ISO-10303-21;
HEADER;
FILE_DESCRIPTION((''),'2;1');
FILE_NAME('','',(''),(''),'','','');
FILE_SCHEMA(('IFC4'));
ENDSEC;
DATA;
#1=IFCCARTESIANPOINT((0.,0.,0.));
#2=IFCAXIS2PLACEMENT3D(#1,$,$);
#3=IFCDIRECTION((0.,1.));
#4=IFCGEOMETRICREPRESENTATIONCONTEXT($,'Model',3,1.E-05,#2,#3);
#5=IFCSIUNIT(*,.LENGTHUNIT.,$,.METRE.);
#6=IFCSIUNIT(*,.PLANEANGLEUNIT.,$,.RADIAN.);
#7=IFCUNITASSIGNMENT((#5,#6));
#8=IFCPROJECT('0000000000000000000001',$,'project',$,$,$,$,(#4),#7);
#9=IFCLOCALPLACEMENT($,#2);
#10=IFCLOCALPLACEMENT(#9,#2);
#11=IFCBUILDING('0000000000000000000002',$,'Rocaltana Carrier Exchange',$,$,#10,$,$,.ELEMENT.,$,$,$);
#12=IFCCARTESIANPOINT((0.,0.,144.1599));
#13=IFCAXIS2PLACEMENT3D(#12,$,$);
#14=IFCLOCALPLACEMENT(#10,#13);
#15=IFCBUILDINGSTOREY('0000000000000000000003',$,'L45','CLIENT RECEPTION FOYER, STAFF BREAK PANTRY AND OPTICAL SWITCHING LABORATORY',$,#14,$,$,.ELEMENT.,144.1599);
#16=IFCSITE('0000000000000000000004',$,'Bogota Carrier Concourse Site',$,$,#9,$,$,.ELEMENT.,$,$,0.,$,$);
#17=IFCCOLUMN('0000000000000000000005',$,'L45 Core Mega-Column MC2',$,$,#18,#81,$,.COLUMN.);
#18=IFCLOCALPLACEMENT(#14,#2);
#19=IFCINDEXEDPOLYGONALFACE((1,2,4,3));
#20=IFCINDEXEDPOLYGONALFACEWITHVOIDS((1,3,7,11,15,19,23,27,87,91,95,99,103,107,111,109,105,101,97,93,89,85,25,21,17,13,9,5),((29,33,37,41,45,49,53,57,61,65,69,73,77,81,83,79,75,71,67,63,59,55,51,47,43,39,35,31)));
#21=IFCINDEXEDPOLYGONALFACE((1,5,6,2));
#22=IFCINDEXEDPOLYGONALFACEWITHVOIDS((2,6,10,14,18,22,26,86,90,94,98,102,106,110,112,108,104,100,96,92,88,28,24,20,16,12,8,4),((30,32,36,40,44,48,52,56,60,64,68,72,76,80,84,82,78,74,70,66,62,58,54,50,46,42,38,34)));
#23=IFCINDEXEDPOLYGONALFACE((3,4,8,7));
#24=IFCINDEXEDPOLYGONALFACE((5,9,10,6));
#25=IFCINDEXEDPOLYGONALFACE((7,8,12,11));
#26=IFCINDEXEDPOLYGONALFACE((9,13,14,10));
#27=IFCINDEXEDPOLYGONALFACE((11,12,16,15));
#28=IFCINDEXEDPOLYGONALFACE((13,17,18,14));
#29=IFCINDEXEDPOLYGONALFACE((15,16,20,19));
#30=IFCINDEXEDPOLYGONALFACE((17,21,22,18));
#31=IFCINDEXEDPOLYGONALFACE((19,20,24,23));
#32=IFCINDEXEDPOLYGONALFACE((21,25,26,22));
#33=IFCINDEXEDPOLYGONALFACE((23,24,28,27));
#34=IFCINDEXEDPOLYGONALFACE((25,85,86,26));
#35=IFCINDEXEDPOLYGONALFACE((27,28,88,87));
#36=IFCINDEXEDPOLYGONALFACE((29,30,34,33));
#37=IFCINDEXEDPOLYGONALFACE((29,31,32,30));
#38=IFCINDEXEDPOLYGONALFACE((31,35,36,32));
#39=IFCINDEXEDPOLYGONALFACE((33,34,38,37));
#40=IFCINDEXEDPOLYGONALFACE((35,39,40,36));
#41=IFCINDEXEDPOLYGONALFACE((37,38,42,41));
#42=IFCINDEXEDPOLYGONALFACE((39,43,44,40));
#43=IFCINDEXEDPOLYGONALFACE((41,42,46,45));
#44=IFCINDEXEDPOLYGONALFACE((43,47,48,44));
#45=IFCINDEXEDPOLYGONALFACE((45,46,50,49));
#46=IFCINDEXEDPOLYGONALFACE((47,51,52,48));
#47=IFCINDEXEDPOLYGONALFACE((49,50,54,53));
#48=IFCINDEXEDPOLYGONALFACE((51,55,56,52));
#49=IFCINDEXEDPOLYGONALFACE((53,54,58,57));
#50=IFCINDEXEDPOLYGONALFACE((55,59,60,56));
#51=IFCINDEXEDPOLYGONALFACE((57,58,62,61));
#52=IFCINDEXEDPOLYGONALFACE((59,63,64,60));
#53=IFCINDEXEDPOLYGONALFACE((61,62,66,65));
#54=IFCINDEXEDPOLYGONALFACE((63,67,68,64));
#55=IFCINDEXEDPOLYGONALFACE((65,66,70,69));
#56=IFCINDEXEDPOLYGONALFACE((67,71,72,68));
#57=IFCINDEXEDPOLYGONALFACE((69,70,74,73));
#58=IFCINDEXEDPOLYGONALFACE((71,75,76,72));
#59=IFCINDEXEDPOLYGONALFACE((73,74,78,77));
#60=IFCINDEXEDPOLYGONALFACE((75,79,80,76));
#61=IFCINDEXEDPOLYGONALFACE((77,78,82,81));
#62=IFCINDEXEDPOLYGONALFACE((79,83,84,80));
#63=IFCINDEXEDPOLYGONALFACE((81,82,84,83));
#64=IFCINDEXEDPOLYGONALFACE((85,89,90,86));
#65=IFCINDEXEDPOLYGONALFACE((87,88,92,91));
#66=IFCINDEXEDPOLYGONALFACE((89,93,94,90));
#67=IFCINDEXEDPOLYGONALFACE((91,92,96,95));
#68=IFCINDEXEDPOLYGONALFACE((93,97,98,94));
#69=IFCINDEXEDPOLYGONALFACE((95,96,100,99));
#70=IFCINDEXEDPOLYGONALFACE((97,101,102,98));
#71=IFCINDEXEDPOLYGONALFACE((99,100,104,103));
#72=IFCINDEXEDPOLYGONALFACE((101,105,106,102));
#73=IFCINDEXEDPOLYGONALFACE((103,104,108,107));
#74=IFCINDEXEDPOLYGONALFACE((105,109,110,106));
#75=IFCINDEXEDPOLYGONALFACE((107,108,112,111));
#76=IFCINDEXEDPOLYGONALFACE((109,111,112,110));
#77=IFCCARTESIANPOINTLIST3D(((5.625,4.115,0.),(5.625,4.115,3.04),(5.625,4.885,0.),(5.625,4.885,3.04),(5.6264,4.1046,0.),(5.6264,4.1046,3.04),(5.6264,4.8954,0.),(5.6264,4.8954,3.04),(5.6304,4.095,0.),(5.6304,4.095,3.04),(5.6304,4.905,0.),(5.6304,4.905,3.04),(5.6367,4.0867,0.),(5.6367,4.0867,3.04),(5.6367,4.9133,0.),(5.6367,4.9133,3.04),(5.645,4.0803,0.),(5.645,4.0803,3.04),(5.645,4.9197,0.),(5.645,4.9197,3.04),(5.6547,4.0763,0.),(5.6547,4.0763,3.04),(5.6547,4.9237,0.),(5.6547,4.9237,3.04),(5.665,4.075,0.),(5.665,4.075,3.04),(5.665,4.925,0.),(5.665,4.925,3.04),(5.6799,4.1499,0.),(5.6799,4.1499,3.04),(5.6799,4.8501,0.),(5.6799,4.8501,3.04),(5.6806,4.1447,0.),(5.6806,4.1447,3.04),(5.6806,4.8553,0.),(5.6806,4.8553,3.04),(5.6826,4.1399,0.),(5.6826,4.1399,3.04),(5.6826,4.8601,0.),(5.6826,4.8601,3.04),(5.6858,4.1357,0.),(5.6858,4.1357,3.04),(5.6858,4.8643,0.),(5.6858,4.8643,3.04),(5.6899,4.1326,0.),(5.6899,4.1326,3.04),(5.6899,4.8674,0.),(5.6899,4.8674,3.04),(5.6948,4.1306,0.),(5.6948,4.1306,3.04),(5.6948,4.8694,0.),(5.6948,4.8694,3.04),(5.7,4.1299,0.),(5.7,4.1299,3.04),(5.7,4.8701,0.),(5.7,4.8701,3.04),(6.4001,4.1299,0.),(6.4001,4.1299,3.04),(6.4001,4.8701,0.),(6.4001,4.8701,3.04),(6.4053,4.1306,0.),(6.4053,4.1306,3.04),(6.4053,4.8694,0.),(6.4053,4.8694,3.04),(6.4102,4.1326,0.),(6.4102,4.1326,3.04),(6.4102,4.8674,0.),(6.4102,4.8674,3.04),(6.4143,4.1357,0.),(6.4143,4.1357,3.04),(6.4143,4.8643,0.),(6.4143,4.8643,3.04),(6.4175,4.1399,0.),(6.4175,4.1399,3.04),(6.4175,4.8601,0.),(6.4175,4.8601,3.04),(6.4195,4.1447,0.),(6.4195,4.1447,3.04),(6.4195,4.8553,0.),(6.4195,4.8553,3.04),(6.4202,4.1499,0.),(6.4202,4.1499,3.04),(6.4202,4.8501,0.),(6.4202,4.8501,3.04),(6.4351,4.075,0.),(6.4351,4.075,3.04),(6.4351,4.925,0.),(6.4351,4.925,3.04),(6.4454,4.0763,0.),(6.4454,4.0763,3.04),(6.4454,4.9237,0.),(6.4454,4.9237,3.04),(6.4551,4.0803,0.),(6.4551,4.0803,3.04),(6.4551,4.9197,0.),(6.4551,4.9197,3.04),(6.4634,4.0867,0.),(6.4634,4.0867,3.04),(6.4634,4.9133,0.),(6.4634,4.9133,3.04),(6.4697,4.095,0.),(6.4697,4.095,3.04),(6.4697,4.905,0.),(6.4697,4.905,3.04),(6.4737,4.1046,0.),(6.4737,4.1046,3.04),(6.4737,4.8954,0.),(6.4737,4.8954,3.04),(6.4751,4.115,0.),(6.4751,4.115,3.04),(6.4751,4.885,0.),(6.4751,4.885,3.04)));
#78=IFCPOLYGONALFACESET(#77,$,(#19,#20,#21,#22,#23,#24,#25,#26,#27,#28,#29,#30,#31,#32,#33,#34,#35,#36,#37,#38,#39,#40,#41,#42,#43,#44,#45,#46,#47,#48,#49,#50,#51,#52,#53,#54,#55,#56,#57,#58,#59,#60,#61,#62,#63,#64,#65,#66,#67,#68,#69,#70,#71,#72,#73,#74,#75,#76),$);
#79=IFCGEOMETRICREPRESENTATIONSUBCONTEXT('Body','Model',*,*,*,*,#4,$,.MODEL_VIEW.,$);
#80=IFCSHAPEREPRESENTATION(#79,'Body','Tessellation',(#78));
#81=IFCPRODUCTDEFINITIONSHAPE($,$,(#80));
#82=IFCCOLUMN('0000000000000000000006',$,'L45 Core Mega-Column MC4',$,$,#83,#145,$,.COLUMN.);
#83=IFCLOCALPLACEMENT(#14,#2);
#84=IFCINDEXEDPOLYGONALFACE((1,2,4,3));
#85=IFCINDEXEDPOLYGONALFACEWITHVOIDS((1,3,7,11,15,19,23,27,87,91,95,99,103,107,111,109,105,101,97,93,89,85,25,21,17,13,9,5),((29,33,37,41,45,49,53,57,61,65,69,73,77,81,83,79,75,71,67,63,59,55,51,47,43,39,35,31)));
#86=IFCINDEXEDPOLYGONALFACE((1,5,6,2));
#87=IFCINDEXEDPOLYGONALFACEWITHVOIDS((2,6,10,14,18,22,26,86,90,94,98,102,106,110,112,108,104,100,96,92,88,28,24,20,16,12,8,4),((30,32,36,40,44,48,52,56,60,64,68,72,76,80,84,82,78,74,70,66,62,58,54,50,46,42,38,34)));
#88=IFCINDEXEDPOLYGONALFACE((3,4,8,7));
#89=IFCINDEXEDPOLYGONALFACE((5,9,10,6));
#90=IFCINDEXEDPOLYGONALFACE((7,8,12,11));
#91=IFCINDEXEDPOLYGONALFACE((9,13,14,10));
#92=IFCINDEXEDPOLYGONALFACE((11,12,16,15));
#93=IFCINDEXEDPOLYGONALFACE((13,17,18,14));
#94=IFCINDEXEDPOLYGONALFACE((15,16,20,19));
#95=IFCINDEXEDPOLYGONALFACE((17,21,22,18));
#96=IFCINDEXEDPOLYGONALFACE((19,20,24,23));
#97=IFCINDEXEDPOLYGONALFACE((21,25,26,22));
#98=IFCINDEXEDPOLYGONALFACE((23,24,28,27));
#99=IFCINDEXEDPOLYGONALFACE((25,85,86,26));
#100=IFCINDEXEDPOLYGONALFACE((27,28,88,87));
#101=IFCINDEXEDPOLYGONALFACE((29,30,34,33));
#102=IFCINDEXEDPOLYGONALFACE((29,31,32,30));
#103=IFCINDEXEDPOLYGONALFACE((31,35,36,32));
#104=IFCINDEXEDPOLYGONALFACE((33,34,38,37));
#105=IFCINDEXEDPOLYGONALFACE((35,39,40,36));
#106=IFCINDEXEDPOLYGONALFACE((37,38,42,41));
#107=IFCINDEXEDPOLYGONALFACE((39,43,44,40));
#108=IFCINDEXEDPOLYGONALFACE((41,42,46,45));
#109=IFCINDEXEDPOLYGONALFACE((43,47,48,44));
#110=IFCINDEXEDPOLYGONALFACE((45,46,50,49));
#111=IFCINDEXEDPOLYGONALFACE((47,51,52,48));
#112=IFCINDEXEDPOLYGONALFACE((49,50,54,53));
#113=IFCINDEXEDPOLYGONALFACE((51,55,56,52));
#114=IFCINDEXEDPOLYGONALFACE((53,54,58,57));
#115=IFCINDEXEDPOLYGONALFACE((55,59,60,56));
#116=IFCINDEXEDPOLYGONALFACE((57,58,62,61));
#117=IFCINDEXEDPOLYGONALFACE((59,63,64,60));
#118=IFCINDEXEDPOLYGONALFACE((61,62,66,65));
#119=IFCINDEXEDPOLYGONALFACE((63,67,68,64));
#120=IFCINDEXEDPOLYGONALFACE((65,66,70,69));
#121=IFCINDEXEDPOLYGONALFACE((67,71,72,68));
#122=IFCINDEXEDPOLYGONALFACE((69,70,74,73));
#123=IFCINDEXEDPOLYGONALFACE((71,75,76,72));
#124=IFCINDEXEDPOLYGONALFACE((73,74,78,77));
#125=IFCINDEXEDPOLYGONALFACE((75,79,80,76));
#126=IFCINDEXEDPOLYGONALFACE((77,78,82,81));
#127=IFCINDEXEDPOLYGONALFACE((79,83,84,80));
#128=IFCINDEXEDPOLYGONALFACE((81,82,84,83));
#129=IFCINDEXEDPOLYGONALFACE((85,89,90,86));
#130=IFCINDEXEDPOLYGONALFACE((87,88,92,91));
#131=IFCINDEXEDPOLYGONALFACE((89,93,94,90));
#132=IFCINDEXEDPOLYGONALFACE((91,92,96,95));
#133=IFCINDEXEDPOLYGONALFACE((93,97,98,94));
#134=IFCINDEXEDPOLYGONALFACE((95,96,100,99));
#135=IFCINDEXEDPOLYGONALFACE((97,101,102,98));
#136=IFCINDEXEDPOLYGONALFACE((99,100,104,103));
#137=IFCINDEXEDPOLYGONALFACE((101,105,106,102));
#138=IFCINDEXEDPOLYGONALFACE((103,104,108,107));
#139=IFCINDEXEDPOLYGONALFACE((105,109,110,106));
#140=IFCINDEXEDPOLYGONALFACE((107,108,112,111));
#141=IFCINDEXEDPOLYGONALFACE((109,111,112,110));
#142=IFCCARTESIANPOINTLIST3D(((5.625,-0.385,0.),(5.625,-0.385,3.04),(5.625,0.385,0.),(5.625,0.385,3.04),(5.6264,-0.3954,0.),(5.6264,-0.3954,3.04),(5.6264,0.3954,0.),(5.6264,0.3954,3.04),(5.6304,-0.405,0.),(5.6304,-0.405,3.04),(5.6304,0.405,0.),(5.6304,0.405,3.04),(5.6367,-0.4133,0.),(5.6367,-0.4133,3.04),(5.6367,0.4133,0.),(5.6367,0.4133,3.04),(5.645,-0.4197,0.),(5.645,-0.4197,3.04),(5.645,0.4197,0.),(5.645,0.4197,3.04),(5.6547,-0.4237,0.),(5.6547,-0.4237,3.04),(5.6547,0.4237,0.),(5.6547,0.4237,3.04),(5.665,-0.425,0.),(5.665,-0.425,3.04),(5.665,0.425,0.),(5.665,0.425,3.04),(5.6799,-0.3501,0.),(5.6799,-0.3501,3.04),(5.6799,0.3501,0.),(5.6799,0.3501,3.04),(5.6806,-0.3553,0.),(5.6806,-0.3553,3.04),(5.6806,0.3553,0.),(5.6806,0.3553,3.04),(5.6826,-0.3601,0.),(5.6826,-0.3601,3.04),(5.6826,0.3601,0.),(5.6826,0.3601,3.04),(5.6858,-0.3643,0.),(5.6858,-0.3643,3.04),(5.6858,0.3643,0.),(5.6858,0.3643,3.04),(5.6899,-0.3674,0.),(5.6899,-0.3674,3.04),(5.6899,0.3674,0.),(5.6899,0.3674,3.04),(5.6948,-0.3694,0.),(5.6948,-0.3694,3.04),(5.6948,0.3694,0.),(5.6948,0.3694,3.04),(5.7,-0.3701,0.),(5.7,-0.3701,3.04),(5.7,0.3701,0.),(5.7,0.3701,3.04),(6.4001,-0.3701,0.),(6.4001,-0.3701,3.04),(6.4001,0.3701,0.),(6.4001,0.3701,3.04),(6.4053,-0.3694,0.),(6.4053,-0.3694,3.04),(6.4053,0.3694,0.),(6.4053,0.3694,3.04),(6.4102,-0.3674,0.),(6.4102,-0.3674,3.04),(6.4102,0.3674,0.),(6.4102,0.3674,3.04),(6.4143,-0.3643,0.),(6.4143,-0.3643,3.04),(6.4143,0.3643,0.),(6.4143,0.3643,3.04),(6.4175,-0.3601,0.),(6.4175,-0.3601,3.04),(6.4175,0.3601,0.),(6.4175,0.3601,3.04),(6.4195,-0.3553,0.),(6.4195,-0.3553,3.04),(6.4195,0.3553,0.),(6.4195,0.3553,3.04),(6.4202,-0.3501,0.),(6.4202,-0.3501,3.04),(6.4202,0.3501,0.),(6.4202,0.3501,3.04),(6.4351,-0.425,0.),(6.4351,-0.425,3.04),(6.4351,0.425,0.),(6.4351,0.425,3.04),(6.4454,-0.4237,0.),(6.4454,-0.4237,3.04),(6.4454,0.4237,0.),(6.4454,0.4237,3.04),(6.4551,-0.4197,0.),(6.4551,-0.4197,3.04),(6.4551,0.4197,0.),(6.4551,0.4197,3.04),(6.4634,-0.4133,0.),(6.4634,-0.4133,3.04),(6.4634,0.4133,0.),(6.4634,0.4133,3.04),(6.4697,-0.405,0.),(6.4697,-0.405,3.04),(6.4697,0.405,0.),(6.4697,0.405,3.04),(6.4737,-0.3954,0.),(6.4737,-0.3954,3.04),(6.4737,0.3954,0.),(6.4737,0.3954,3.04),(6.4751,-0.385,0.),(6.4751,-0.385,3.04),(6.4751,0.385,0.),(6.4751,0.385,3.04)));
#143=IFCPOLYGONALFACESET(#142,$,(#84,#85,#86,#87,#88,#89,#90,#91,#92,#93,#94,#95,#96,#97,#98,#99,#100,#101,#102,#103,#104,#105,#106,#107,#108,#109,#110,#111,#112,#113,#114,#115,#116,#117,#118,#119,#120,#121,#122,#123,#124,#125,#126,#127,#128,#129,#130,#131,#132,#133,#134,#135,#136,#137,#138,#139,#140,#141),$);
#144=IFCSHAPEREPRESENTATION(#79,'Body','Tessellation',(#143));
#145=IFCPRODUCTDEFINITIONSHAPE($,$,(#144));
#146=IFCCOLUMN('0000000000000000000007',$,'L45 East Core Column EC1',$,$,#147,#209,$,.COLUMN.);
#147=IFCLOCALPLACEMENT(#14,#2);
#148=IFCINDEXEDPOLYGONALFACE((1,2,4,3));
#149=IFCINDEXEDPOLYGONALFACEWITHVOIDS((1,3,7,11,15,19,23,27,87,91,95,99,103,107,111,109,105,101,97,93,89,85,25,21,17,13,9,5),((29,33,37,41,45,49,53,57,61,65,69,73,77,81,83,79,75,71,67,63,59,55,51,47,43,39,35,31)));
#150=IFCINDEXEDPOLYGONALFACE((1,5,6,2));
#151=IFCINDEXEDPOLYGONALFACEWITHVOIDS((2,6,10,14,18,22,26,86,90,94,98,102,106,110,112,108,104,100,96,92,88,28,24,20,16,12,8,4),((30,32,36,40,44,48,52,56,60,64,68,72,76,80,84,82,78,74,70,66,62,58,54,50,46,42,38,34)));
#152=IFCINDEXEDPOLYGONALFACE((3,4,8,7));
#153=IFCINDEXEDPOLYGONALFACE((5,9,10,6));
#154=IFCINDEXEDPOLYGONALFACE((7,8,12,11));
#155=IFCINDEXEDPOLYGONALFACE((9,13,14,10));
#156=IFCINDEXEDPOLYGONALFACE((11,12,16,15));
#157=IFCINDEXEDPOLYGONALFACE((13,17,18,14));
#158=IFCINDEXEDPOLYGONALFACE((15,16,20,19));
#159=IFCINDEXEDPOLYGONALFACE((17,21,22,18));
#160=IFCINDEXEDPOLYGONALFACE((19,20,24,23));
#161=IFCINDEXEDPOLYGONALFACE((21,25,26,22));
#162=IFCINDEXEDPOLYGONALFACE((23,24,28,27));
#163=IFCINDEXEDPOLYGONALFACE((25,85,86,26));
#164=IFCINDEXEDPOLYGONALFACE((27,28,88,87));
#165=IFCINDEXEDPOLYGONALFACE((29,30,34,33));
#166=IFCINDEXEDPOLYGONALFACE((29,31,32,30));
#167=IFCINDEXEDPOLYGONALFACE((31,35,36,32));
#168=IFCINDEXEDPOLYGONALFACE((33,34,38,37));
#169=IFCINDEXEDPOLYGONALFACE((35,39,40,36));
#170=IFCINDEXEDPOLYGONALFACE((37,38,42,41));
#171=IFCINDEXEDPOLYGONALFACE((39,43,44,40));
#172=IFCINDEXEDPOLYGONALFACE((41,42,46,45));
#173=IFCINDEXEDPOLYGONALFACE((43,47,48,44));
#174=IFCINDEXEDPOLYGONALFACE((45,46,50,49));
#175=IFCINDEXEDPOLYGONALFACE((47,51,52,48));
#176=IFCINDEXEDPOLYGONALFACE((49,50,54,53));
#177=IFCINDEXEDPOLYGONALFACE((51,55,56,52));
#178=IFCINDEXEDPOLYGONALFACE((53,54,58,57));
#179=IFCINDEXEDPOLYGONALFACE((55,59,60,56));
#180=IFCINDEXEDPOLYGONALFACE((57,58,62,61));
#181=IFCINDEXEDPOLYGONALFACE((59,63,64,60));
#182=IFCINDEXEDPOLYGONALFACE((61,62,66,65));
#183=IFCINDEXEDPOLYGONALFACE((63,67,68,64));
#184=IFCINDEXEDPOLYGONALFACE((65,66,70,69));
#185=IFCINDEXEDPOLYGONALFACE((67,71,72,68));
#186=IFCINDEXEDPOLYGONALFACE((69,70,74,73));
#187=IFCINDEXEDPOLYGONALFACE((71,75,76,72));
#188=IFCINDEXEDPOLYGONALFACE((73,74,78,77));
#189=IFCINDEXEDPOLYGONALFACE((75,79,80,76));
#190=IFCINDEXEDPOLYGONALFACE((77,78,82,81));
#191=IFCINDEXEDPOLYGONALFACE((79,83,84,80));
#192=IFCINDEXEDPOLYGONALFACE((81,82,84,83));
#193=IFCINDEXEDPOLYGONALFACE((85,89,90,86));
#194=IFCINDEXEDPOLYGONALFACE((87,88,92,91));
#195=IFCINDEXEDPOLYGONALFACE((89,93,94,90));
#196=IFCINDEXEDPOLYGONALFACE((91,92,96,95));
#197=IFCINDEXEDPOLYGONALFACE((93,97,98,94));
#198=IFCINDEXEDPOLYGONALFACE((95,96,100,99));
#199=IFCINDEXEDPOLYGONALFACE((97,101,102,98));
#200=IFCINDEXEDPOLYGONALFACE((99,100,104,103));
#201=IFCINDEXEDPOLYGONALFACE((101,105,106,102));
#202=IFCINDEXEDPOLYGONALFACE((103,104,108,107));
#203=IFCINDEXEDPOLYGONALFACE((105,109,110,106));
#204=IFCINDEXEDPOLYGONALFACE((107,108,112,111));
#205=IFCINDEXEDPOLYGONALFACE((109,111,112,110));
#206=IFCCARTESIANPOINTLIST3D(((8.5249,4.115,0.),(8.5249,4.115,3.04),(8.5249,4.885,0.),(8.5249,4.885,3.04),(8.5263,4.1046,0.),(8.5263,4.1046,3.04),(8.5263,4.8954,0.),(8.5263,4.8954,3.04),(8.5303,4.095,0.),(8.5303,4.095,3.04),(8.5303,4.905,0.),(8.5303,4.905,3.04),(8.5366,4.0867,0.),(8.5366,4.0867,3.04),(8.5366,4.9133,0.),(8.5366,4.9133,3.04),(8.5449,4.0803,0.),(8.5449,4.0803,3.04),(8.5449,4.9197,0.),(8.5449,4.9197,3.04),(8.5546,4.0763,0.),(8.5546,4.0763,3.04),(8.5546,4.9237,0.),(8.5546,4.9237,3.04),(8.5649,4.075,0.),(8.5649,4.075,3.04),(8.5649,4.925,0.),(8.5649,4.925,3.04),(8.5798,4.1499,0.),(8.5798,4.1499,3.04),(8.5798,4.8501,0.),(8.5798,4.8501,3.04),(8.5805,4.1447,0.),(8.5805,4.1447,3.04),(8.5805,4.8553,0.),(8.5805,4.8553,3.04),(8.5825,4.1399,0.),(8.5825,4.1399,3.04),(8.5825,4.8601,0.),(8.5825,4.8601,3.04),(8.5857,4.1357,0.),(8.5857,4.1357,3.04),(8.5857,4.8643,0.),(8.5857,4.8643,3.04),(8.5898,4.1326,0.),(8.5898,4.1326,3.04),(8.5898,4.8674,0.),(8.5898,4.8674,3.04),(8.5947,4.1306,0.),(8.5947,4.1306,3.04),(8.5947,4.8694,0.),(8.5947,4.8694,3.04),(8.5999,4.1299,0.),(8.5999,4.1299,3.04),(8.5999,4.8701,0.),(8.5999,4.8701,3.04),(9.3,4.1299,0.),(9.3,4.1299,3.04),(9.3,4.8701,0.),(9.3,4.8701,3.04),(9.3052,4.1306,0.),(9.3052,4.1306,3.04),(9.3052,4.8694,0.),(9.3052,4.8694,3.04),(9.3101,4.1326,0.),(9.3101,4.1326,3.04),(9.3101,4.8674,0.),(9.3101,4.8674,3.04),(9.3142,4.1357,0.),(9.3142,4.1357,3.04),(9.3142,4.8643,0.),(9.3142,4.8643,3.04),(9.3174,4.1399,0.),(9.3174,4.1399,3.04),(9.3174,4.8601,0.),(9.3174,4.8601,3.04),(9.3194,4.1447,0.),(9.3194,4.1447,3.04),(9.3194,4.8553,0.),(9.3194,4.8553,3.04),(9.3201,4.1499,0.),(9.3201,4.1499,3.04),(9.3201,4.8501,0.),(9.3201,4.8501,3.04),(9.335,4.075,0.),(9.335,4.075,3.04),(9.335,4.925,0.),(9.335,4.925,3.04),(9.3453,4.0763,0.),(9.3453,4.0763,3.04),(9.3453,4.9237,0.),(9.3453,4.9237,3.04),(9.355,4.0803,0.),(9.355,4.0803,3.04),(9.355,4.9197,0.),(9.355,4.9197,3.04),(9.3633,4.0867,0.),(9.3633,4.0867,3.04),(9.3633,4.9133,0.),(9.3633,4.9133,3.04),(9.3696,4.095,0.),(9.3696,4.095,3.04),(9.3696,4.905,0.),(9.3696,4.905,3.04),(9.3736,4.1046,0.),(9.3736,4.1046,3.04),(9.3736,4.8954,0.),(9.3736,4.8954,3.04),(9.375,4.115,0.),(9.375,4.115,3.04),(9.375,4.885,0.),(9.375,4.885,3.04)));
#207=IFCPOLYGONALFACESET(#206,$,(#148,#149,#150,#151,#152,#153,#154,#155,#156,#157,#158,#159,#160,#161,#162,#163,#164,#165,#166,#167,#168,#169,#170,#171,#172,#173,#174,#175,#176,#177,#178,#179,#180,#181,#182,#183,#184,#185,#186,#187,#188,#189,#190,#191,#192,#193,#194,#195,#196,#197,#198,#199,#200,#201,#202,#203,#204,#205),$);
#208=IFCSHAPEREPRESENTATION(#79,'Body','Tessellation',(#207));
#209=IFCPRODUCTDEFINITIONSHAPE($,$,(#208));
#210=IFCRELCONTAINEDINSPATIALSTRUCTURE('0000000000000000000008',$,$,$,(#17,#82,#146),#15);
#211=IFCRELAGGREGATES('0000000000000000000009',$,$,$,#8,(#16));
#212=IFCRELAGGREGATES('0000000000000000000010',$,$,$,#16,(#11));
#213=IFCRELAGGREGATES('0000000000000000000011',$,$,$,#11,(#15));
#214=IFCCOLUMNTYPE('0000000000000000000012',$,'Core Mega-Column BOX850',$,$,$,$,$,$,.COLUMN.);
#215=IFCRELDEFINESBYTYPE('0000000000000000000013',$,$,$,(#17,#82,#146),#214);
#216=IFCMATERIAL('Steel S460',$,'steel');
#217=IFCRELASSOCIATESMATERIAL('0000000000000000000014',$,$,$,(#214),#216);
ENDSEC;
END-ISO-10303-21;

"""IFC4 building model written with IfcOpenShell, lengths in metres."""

from ifc_helpers import new_model, si_unit, direction, frame, origin, origin_2d, place, context, subcontext, project, spatial, hollow_rectangle, extrude, material, material_profile, profile_set, type_object, element, save


model = new_model("IFC4")

# Units and contexts
model_context = context("Model", 3, precision=1e-05, world=origin(), true_north=direction((0.0, 1.0)))
body_context = subcontext(model_context, "Body", "Model", "MODEL_VIEW")
ifc_project = project(units=[si_unit("LENGTHUNIT", "METRE"), si_unit("PLANEANGLEUNIT", "RADIAN")], contexts=[model_context])

# Site, building, storey
site_placement = place(None, origin())
site = spatial("IfcSite", under=ifc_project, at=site_placement, Name="Bogota Carrier Concourse Site", CompositionType="ELEMENT", RefElevation=0.0)
building_placement = place(site_placement, origin())
building = spatial("IfcBuilding", under=site, at=building_placement, Name="Rocaltana Carrier Exchange", CompositionType="ELEMENT")
storey_placement = place(building_placement, frame((0.0, 0.0, 144.1599)))
storey = spatial("IfcBuildingStorey", under=building, at=storey_placement, Name="L45", Description="CLIENT RECEPTION FOYER, STAFF BREAK PANTRY AND OPTICAL SWITCHING LABORATORY", CompositionType="ELEMENT", Elevation=144.1599)

# Columns
ifc_material_1 = material(Name="Steel S460", Category="steel")
ifc_material_profile_1 = material_profile(ifc_material_1, hollow_rectangle(XDim=0.8501, YDim=0.8501, WallThickness=0.0549, InnerFilletRadius=0.02, OuterFilletRadius=0.04, at=origin_2d()), Name="BOX850X850X55")
ifc_profile_set_1 = profile_set([ifc_material_profile_1], Name="Steel S460")
column_type = type_object("IfcColumnType", Name="Core Mega-Column BOX850", PredefinedType="COLUMN", material=ifc_profile_set_1)
for number, where, z_axis, x_axis, name in (
    (1, (6.05, 4.5, 0.0), (0.0, 0.0, 1.0), (1.0, 0.0, 0.0), "L45 Core Mega-Column MC2"),
    (2, (6.05, 0.0, 0.0), (0.0, 0.0, 1.0), (1.0, 0.0, 0.0), "L45 Core Mega-Column MC4"),
    (3, (8.95, 4.5, 0.0), (0.0, 0.0, 1.0), (1.0, 0.0, 0.0), "L45 East Core Column EC1"),
):
    element("IfcColumn", number, at=place(storey_placement, frame(where, z_axis=z_axis, x_axis=x_axis)), inside=storey, type_object=column_type, Name=name, PredefinedType="COLUMN", context=body_context, shape_type="SweptSolid", body=[
        extrude(hollow_rectangle(XDim=0.8501, YDim=0.8501, WallThickness=0.0549, InnerFilletRadius=0.02, OuterFilletRadius=0.04, at=origin_2d()), origin(), (0.0, 0.0, 1.0), 3.04),
    ])

save(model, "model.ifc")
